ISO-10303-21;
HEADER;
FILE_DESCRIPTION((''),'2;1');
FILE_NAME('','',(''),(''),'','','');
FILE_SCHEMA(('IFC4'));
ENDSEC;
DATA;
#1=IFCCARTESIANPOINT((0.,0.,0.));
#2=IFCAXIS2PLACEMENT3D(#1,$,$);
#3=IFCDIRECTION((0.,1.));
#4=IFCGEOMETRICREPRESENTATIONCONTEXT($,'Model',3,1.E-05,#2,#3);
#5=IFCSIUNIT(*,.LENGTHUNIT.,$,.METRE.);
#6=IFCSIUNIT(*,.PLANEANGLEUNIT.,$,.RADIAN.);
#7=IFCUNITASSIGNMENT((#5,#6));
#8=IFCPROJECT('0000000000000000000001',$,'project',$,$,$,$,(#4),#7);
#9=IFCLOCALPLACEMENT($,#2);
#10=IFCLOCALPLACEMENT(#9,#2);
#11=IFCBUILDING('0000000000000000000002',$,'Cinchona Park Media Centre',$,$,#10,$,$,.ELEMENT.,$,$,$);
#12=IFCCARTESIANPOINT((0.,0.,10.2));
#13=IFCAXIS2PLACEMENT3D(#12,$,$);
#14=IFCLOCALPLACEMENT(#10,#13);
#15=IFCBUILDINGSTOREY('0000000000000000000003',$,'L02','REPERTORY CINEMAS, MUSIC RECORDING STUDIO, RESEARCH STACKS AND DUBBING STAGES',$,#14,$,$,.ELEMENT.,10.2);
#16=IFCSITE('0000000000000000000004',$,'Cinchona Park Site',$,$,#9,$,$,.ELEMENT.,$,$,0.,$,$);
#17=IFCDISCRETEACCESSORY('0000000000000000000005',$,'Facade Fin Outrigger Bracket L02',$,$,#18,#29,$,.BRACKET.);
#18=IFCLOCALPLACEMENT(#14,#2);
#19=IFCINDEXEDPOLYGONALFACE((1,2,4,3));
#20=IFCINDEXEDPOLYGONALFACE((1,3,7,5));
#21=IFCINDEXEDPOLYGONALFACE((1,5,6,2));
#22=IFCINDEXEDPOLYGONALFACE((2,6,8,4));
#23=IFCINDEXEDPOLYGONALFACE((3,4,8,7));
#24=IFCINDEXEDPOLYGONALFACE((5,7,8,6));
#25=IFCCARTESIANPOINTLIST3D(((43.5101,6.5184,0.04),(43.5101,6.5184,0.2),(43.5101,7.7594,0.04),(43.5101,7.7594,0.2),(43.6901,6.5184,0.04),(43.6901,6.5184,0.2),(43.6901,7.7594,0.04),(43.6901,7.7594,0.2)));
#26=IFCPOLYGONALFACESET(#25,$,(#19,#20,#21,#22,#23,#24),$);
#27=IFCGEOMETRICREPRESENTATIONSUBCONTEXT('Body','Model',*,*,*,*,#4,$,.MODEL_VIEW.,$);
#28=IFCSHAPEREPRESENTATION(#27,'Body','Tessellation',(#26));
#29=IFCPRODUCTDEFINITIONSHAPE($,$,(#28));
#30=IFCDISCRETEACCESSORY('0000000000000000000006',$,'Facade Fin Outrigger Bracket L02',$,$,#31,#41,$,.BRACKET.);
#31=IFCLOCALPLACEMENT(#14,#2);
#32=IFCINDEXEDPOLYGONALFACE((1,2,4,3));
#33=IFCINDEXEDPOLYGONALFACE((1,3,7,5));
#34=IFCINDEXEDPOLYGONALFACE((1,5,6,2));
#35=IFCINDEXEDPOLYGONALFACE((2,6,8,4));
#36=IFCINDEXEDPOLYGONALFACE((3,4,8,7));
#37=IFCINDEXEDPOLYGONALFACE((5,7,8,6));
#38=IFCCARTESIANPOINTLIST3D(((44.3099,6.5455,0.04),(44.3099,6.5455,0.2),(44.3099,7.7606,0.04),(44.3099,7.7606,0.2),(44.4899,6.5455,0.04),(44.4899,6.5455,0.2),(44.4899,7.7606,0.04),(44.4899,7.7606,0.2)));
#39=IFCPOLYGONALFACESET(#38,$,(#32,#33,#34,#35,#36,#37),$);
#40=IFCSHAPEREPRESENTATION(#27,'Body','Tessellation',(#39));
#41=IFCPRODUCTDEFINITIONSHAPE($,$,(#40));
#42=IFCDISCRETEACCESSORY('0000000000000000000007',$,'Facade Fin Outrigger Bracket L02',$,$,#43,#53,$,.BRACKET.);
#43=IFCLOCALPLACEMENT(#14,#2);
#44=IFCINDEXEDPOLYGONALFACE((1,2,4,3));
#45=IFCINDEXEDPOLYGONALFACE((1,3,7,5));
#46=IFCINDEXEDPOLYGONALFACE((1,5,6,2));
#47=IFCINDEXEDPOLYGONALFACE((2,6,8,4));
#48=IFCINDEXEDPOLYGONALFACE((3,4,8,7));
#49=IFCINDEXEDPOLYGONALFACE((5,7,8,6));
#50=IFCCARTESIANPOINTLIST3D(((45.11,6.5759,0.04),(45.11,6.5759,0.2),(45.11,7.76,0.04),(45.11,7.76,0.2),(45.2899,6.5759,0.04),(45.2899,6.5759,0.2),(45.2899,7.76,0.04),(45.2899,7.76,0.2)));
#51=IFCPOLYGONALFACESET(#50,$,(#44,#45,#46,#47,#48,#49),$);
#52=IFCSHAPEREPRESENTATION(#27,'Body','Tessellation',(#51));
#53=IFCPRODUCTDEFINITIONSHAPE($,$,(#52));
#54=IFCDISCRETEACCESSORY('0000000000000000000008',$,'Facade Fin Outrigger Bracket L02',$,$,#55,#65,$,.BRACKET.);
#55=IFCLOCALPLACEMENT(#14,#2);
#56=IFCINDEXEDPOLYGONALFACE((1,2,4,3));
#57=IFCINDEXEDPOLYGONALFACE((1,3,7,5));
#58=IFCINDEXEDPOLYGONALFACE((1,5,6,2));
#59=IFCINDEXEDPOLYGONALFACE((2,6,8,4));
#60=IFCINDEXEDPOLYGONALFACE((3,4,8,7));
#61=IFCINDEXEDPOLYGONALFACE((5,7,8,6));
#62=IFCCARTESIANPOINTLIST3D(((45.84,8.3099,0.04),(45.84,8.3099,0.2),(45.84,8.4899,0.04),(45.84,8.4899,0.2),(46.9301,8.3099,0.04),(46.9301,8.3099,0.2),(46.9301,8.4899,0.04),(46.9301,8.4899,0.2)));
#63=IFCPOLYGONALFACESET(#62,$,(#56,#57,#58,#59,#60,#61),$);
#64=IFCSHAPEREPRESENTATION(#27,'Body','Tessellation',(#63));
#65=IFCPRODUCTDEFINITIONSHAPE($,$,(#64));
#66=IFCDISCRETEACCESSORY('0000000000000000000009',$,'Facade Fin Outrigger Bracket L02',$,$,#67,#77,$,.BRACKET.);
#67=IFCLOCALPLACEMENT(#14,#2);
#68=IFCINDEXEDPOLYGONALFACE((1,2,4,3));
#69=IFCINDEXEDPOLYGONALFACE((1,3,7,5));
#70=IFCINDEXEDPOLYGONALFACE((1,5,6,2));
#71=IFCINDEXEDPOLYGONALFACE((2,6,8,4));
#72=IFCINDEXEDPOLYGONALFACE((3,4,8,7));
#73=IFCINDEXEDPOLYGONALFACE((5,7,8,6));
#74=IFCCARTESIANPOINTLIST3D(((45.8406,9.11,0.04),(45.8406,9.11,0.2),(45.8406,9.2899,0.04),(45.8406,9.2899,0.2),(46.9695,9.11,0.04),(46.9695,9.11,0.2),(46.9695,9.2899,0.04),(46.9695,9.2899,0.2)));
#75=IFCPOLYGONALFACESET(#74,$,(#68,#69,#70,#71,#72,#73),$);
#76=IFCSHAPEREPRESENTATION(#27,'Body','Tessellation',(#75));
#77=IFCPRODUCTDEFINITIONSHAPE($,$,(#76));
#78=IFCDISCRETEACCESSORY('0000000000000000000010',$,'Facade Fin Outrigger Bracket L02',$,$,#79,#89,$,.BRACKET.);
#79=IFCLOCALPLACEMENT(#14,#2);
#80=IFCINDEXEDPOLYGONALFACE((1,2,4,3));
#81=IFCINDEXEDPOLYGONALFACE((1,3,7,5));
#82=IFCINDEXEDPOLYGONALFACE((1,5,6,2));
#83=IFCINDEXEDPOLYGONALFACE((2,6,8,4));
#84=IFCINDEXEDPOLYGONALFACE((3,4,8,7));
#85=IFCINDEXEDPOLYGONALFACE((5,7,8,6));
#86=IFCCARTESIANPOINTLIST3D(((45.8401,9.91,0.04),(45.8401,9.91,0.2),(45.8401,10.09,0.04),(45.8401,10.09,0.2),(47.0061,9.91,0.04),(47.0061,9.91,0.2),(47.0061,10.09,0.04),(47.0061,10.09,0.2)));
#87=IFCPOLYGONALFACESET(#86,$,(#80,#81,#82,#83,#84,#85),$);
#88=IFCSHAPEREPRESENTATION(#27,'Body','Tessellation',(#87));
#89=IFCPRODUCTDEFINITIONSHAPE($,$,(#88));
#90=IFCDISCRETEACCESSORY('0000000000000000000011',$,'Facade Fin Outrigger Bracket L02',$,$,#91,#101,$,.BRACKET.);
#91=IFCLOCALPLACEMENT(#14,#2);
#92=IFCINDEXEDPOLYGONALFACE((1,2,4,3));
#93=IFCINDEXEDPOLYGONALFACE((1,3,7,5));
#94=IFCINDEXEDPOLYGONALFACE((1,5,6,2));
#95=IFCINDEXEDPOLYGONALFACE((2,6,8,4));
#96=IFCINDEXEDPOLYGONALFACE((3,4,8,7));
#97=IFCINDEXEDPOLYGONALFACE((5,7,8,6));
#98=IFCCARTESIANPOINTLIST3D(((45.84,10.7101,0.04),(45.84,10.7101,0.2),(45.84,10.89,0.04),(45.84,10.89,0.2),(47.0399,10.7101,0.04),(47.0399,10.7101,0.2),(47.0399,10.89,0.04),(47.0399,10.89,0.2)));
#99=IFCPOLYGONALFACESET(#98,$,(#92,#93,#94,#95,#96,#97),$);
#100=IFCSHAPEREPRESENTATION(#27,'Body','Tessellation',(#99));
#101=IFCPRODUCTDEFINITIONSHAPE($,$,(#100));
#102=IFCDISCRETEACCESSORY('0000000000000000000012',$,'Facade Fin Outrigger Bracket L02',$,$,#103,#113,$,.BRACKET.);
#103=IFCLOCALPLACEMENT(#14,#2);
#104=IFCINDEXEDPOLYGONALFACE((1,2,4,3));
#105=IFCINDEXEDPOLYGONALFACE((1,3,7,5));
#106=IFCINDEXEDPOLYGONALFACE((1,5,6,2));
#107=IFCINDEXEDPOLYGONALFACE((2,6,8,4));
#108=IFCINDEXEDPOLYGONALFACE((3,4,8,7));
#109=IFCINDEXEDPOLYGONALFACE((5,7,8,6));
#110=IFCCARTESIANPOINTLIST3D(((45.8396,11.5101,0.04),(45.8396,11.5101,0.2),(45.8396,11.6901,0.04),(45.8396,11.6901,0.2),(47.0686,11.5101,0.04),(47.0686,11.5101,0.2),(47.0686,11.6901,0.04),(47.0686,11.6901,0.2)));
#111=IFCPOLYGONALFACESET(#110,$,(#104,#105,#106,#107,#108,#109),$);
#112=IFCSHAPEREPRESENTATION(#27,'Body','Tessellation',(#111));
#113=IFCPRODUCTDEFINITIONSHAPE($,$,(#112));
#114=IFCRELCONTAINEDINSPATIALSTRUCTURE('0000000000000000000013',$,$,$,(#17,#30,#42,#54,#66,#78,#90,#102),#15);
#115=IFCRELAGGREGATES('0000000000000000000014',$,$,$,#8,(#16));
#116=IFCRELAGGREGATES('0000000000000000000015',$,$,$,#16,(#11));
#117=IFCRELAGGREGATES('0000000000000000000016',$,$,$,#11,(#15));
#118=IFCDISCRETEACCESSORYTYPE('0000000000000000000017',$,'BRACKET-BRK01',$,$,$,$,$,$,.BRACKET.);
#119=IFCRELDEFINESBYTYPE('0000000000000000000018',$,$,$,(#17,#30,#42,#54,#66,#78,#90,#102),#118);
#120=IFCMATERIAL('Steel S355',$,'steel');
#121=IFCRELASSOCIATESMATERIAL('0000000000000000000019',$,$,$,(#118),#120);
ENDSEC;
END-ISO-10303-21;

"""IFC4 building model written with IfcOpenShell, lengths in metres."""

from ifc_helpers import new_model, si_unit, direction, frame, origin, origin_2d, place, context, subcontext, project, spatial, rectangle, extrude, material, type_object, element, save


model = new_model("IFC4")

# Units and contexts
model_context = context("Model", 3, precision=1e-05, world=origin(), true_north=direction((0.0, 1.0)))
body_context = subcontext(model_context, "Body", "Model", "MODEL_VIEW")
ifc_project = project(units=[si_unit("LENGTHUNIT", "METRE"), si_unit("PLANEANGLEUNIT", "RADIAN")], contexts=[model_context])

# Site, building, storey
site_placement = place(None, origin())
site = spatial("IfcSite", under=ifc_project, at=site_placement, Name="Cinchona Park Site", CompositionType="ELEMENT", RefElevation=0.0)
building_placement = place(site_placement, origin())
building = spatial("IfcBuilding", under=site, at=building_placement, Name="Cinchona Park Media Centre", CompositionType="ELEMENT")
storey_placement = place(building_placement, frame((0.0, 0.0, 10.2)))
storey = spatial("IfcBuildingStorey", under=building, at=storey_placement, Name="L02", Description="REPERTORY CINEMAS, MUSIC RECORDING STUDIO, RESEARCH STACKS AND DUBBING STAGES", CompositionType="ELEMENT", Elevation=10.2)

# Discrete accessories
ifc_material_1 = material(Name="Steel S355", Category="steel")
discrete_accessory_type = type_object("IfcDiscreteAccessoryType", Name="BRACKET-BRK01", PredefinedType="BRACKET", material=ifc_material_1)
discrete_accessory_1_placement = place(storey_placement, frame((43.6001, 7.1389, 0.04), z_axis=(0.0, 0.0, 1.0), x_axis=(1.0, 0.0, 0.0)))
element("IfcDiscreteAccessory", 1, at=discrete_accessory_1_placement, inside=storey, type_object=discrete_accessory_type, Name="Facade Fin Outrigger Bracket L02", PredefinedType="BRACKET", context=body_context, shape_type="SweptSolid", body=[
    extrude(rectangle(XDim=0.1799, YDim=1.241, at=origin_2d()), origin(), (0.0, 0.0, 1.0), 0.1599),
])
discrete_accessory_2_placement = place(storey_placement, frame((44.3999, 7.1531, 0.04), z_axis=(0.0, 0.0, 1.0), x_axis=(1.0, 0.0, 0.0)))
element("IfcDiscreteAccessory", 2, at=discrete_accessory_2_placement, inside=storey, type_object=discrete_accessory_type, Name="Facade Fin Outrigger Bracket L02", PredefinedType="BRACKET", context=body_context, shape_type="SweptSolid", body=[
    extrude(rectangle(XDim=0.1799, YDim=1.2151, at=origin_2d()), origin(), (0.0, 0.0, 1.0), 0.1599),
])
discrete_accessory_3_placement = place(storey_placement, frame((45.2, 7.168, 0.04), z_axis=(0.0, 0.0, 1.0), x_axis=(1.0, 0.0, 0.0)))
element("IfcDiscreteAccessory", 3, at=discrete_accessory_3_placement, inside=storey, type_object=discrete_accessory_type, Name="Facade Fin Outrigger Bracket L02", PredefinedType="BRACKET", context=body_context, shape_type="SweptSolid", body=[
    extrude(rectangle(XDim=0.1799, YDim=1.1841, at=origin_2d()), origin(), (0.0, 0.0, 1.0), 0.1599),
])
discrete_accessory_4_placement = place(storey_placement, frame((46.385, 8.3999, 0.04), z_axis=(0.0, 0.0, 1.0), x_axis=(0.0, 1.0, 0.0)))
element("IfcDiscreteAccessory", 4, at=discrete_accessory_4_placement, inside=storey, type_object=discrete_accessory_type, Name="Facade Fin Outrigger Bracket L02", PredefinedType="BRACKET", context=body_context, shape_type="SweptSolid", body=[
    extrude(rectangle(XDim=0.1799, YDim=1.0901, at=origin_2d()), origin(), (0.0, 0.0, 1.0), 0.1599),
])
discrete_accessory_5_placement = place(storey_placement, frame((46.405, 9.2, 0.04), z_axis=(0.0, 0.0, 1.0), x_axis=(0.0, 1.0, 0.0)))
element("IfcDiscreteAccessory", 5, at=discrete_accessory_5_placement, inside=storey, type_object=discrete_accessory_type, Name="Facade Fin Outrigger Bracket L02", PredefinedType="BRACKET", context=body_context, shape_type="SweptSolid", body=[
    extrude(rectangle(XDim=0.1799, YDim=1.1289, at=origin_2d()), origin(), (0.0, 0.0, 1.0), 0.1599),
])
discrete_accessory_6_placement = place(storey_placement, frame((46.4231, 10.0, 0.04), z_axis=(0.0, 0.0, 1.0), x_axis=(0.0, 1.0, 0.0)))
element("IfcDiscreteAccessory", 6, at=discrete_accessory_6_placement, inside=storey, type_object=discrete_accessory_type, Name="Facade Fin Outrigger Bracket L02", PredefinedType="BRACKET", context=body_context, shape_type="SweptSolid", body=[
    extrude(rectangle(XDim=0.1799, YDim=1.166, at=origin_2d()), origin(), (0.0, 0.0, 1.0), 0.1599),
])
discrete_accessory_7_placement = place(storey_placement, frame((46.4399, 10.8, 0.04), z_axis=(0.0, 0.0, 1.0), x_axis=(0.0, 1.0, 0.0)))
element("IfcDiscreteAccessory", 7, at=discrete_accessory_7_placement, inside=storey, type_object=discrete_accessory_type, Name="Facade Fin Outrigger Bracket L02", PredefinedType="BRACKET", context=body_context, shape_type="SweptSolid", body=[
    extrude(rectangle(XDim=0.1799, YDim=1.2, at=origin_2d()), origin(), (0.0, 0.0, 1.0), 0.1599),
])
discrete_accessory_8_placement = place(storey_placement, frame((46.4541, 11.6001, 0.04), z_axis=(0.0, 0.0, 1.0), x_axis=(0.0, 1.0, 0.0)))
element("IfcDiscreteAccessory", 8, at=discrete_accessory_8_placement, inside=storey, type_object=discrete_accessory_type, Name="Facade Fin Outrigger Bracket L02", PredefinedType="BRACKET", context=body_context, shape_type="SweptSolid", body=[
    extrude(rectangle(XDim=0.1799, YDim=1.229, at=origin_2d()), origin(), (0.0, 0.0, 1.0), 0.1599),
])

save(model, "model.ifc")
